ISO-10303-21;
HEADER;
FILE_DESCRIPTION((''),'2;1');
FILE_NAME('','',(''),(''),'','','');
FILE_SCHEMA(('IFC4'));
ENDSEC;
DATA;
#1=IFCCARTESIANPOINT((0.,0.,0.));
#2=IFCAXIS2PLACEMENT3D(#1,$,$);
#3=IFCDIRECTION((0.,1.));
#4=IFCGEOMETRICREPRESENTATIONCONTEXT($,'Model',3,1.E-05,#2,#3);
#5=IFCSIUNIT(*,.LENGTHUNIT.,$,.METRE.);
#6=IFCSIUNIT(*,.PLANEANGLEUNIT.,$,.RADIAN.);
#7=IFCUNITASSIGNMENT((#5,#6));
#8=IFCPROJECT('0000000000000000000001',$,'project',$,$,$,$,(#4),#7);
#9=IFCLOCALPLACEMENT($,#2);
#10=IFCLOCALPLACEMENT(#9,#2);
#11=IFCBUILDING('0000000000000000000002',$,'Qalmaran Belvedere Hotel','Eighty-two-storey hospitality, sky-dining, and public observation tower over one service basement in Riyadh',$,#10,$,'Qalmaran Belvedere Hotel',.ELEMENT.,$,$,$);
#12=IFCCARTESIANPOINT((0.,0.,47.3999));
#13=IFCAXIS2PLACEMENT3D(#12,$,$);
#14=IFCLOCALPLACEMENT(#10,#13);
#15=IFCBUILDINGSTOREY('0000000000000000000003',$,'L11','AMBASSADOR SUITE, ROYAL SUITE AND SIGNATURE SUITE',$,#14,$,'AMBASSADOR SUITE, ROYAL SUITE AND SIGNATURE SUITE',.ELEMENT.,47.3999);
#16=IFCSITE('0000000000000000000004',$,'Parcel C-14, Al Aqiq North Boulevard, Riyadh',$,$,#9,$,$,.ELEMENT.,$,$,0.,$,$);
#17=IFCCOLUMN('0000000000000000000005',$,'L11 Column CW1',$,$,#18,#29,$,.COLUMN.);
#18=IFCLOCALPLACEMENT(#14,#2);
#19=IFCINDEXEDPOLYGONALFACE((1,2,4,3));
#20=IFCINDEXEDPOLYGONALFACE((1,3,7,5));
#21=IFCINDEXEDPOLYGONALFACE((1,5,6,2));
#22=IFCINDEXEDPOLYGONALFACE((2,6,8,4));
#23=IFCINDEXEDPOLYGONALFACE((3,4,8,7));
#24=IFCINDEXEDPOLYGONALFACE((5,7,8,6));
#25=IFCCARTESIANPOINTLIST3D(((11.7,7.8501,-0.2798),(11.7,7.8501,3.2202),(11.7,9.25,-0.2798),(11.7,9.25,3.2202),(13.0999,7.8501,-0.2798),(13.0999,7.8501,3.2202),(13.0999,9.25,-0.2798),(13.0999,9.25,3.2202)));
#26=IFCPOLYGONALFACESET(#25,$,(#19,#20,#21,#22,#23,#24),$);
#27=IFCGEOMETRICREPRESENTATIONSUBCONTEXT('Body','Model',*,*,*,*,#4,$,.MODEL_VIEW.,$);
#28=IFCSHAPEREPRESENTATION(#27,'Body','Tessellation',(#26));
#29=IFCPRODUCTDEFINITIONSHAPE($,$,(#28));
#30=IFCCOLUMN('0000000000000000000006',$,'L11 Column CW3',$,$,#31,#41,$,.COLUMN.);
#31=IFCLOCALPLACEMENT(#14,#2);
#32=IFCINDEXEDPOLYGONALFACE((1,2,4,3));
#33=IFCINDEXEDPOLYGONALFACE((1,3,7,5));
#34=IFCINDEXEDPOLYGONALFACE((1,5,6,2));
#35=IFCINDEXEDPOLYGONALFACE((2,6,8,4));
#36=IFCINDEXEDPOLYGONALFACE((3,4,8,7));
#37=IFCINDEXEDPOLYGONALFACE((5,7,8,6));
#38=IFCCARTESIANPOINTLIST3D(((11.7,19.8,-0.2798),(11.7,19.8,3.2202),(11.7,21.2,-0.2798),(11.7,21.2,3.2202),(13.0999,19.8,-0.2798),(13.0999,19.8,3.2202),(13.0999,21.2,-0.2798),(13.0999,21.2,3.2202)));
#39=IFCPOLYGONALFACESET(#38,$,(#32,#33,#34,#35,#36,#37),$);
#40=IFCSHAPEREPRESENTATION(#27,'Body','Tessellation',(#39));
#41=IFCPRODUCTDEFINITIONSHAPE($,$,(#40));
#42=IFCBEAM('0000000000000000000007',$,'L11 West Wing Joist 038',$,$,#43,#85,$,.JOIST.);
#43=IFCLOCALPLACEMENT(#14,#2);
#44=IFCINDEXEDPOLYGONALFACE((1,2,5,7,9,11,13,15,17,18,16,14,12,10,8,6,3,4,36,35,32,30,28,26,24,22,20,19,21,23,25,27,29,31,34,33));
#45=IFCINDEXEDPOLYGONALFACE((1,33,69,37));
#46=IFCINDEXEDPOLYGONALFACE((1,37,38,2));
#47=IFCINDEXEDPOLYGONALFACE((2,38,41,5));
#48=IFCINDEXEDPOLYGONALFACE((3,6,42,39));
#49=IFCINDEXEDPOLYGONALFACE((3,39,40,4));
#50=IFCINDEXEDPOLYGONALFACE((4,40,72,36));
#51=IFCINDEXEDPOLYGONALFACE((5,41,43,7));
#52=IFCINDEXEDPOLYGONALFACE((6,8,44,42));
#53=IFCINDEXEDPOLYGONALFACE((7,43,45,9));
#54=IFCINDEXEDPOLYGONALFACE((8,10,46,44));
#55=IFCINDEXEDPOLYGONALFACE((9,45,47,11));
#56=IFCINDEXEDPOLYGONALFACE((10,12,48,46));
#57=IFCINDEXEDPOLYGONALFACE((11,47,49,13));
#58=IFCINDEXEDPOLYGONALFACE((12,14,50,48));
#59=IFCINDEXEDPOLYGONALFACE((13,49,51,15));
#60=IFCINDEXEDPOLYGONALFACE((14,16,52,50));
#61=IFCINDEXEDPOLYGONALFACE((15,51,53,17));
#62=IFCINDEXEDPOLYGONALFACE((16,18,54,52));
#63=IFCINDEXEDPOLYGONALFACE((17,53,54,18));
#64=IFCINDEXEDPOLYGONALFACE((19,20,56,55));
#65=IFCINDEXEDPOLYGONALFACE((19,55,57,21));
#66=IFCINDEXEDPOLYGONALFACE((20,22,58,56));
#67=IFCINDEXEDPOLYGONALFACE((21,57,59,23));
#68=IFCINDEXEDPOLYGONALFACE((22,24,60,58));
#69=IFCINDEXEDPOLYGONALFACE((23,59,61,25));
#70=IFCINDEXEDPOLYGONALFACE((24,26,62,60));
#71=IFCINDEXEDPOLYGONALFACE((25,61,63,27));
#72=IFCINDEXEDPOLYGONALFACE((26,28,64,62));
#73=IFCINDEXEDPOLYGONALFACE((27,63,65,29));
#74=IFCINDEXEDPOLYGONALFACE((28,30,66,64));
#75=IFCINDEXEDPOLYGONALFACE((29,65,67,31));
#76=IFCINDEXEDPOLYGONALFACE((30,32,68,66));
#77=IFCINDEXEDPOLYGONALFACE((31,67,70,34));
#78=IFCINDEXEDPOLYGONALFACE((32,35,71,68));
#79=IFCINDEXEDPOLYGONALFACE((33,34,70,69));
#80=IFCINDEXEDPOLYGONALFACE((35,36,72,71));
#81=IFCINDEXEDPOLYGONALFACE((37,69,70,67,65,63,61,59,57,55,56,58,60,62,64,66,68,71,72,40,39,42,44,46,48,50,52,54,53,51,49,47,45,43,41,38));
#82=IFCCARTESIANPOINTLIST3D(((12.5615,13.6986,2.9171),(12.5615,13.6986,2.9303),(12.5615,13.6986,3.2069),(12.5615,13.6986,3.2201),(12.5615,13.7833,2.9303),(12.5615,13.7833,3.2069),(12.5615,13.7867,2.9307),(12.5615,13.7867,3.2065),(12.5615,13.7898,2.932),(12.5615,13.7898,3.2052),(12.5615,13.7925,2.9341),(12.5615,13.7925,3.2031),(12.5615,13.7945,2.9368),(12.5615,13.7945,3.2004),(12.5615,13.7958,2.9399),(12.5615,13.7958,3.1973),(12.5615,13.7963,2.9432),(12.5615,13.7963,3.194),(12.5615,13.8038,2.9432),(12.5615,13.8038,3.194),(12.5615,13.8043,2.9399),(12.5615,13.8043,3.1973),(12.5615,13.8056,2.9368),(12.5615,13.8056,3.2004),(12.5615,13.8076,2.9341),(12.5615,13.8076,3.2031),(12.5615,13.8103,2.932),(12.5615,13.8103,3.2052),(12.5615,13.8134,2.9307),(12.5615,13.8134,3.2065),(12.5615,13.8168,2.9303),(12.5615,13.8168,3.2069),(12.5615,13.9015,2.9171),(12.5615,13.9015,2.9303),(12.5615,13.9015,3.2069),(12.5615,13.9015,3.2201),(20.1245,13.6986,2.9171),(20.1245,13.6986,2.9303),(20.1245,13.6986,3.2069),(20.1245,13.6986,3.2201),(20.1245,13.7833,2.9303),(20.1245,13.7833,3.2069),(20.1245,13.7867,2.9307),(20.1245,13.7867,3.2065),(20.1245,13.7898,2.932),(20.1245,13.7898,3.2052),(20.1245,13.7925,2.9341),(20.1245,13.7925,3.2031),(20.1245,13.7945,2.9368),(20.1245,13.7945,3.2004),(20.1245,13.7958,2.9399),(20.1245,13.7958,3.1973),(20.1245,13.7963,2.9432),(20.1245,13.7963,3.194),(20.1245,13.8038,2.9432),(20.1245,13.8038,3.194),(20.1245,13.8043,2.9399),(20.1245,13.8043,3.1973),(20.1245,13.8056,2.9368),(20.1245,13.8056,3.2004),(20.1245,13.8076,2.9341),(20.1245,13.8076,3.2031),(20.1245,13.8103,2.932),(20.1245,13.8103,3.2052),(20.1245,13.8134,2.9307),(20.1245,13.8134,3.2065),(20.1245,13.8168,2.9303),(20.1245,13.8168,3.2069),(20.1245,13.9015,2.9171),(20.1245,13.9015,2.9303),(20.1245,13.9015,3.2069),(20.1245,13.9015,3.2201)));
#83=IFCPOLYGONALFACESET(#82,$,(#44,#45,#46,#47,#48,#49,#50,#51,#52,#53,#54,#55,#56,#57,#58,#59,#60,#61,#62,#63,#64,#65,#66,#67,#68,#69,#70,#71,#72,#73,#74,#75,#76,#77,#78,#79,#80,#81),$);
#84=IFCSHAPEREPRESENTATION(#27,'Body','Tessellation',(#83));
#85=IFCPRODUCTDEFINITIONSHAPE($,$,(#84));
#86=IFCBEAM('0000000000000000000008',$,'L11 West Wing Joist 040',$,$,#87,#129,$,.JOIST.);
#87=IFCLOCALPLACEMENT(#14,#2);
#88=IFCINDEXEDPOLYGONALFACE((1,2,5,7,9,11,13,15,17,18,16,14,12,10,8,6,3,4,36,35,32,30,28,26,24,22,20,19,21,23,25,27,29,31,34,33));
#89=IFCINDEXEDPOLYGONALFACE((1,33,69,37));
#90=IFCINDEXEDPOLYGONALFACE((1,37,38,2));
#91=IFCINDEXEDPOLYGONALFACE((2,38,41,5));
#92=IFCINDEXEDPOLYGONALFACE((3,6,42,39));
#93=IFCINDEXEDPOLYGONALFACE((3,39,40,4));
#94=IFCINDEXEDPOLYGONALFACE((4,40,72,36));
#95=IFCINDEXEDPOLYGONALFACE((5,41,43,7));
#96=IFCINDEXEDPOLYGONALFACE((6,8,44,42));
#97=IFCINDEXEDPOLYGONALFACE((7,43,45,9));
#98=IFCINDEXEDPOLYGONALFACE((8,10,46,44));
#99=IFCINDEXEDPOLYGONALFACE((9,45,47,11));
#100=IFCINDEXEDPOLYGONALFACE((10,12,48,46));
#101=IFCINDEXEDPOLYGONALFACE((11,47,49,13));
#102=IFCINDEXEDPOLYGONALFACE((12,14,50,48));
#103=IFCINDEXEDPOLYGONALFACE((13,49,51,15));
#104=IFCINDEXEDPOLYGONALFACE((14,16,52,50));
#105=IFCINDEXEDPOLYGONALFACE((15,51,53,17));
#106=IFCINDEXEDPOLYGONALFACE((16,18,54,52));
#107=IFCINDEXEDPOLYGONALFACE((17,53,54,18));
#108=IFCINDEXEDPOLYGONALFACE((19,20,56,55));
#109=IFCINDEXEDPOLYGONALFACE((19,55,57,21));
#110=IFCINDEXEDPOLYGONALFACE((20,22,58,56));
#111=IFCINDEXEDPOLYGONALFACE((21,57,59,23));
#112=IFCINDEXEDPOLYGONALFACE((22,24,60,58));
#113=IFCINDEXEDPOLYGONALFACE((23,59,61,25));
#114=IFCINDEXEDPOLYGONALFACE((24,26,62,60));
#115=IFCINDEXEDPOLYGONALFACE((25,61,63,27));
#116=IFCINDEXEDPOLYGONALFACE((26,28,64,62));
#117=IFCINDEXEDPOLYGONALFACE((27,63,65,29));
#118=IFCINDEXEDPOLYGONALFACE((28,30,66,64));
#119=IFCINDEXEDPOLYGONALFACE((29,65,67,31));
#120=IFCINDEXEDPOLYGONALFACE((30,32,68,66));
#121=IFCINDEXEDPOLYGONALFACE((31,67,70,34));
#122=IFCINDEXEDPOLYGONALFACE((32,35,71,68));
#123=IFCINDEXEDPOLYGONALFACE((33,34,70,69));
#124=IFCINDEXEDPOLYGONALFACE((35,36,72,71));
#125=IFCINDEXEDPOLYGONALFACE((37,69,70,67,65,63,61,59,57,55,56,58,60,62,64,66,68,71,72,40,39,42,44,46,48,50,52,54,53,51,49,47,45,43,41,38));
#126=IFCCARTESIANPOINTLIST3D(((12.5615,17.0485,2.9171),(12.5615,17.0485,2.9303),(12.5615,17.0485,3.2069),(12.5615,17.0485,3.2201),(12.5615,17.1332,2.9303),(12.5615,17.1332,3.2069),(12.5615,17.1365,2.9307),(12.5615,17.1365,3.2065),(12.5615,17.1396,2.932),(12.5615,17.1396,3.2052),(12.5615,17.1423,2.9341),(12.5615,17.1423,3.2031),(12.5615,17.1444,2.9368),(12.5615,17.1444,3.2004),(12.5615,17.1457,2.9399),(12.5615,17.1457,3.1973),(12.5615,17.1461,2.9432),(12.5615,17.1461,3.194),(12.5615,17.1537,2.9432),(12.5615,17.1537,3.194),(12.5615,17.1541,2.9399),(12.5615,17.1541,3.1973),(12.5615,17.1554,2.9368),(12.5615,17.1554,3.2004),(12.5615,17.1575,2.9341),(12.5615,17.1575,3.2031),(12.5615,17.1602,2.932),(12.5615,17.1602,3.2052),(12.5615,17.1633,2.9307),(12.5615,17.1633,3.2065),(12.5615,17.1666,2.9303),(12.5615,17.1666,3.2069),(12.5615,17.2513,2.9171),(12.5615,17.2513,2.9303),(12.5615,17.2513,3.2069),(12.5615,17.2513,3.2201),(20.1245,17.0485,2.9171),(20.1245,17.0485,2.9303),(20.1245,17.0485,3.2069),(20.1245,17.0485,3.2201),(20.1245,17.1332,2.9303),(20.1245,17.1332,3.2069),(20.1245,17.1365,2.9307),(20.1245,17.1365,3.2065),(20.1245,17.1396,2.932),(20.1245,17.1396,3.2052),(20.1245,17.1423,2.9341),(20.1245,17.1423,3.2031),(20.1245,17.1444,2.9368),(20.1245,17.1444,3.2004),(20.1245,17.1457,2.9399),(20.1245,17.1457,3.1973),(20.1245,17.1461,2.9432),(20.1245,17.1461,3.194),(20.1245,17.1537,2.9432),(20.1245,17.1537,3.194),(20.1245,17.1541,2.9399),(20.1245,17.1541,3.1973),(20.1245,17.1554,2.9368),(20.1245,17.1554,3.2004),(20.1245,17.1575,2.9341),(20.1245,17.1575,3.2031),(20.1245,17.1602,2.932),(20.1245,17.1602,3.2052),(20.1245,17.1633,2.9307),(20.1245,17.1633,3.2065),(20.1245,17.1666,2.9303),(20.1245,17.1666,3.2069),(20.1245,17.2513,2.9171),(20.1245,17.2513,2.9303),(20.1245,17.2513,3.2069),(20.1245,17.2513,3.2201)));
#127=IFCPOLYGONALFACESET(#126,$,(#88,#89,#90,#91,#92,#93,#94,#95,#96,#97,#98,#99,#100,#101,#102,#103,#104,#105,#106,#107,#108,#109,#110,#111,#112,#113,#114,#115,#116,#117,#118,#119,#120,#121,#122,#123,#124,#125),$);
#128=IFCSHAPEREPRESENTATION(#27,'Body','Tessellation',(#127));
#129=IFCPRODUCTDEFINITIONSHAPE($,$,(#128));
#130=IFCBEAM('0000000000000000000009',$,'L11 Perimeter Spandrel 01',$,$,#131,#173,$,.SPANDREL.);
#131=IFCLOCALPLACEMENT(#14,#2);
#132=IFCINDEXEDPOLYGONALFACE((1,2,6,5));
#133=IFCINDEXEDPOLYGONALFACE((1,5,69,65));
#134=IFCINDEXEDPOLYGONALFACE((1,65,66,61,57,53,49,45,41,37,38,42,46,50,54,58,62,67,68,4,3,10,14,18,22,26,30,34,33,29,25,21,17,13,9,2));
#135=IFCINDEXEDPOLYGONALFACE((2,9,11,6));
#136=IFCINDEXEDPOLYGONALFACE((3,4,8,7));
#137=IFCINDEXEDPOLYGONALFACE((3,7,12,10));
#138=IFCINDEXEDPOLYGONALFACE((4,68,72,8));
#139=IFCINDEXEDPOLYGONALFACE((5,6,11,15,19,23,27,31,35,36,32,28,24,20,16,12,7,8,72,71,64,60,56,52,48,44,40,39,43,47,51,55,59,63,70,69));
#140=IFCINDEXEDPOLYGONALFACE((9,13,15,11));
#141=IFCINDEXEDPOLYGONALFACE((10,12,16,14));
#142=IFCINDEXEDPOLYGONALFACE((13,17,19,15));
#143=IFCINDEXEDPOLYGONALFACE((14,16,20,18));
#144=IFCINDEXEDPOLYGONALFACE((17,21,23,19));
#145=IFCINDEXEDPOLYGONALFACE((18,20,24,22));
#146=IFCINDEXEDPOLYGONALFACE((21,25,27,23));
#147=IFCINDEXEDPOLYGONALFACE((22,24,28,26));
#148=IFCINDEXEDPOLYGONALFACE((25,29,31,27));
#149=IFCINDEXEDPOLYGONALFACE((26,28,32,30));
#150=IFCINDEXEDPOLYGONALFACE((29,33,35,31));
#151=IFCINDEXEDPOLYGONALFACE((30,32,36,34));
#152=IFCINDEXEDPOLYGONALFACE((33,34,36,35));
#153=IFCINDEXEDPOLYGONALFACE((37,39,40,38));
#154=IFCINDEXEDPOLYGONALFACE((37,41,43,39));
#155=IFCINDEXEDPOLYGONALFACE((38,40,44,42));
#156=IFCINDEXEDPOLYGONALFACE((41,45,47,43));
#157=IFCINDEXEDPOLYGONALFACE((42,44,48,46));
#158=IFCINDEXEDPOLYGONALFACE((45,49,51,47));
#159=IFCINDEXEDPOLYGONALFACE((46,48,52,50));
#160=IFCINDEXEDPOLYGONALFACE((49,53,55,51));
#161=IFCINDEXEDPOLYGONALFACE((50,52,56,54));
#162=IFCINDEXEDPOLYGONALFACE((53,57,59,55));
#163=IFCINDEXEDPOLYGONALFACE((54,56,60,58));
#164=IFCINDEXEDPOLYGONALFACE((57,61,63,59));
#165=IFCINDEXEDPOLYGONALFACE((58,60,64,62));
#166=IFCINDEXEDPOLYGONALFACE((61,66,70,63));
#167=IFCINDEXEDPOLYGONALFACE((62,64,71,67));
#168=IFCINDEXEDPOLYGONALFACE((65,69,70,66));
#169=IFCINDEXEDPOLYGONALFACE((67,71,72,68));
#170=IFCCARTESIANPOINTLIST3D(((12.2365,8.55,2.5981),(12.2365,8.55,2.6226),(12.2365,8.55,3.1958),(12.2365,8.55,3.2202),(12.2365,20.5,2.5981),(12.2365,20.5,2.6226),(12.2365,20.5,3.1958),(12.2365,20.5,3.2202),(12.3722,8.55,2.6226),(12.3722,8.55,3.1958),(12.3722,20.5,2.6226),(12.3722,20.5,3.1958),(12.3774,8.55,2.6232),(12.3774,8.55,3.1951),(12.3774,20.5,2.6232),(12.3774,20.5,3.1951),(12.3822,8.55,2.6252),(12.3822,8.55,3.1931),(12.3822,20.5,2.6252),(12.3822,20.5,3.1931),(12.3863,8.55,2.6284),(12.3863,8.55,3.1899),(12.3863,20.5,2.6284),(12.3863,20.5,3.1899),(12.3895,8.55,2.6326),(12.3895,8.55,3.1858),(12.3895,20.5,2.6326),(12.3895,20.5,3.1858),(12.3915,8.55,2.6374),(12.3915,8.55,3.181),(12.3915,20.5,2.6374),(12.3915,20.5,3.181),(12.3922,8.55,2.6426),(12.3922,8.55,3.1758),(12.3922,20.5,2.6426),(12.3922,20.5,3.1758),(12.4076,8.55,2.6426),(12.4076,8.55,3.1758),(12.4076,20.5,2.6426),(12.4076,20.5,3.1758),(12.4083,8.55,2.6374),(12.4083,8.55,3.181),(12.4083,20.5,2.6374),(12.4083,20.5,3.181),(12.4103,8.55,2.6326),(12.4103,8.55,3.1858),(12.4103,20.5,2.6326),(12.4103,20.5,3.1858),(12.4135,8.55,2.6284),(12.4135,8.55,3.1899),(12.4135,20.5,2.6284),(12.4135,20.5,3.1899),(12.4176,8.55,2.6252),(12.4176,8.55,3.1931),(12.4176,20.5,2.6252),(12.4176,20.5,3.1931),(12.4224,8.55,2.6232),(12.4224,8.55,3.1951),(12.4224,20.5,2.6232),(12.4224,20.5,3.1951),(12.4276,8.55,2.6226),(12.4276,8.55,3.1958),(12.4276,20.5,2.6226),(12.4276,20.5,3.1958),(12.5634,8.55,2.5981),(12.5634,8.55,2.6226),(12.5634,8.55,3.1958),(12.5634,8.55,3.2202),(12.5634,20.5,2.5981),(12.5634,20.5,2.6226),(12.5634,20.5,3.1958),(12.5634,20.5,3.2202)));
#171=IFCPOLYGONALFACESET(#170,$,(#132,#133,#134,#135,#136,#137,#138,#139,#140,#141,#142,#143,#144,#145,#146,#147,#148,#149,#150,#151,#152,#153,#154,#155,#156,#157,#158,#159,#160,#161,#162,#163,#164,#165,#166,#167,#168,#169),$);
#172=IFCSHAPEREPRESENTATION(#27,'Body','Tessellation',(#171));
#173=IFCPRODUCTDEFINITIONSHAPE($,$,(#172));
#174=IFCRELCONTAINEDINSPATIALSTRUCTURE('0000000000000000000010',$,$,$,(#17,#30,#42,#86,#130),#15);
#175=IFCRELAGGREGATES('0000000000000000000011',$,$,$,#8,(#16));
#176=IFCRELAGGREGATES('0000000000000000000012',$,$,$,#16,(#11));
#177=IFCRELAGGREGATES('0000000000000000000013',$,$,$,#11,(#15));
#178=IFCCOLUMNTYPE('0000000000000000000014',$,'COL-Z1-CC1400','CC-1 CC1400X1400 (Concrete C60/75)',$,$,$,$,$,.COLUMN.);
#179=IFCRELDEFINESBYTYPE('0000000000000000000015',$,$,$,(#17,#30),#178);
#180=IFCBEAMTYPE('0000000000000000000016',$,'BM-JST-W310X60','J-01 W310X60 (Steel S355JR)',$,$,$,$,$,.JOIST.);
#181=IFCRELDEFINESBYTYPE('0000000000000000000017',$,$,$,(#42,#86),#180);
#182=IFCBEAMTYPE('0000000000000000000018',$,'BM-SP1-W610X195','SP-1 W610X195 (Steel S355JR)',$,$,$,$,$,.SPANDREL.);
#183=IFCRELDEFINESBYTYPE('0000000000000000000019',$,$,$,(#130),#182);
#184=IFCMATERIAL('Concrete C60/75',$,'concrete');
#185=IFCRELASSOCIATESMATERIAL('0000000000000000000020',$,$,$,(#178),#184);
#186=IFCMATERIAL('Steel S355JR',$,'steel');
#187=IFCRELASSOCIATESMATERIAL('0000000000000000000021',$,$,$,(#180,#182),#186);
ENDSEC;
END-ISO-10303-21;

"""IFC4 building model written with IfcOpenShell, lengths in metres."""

from ifc_helpers import new_model, si_unit, direction, frame, origin, origin_2d, place, context, subcontext, project, spatial, rectangle, i_section, extrude, material, material_profile, profile_set, type_object, element, save


model = new_model("IFC4")

# Units and contexts
model_context = context("Model", 3, precision=1e-05, world=origin(), true_north=direction((0.0, 1.0)))
body_context = subcontext(model_context, "Body", "Model", "MODEL_VIEW")
ifc_project = project(units=[si_unit("LENGTHUNIT", "METRE"), si_unit("PLANEANGLEUNIT", "RADIAN")], contexts=[model_context])

# Site, building, storey
site_placement = place(None, origin())
site = spatial("IfcSite", under=ifc_project, at=site_placement, Name="Parcel C-14, Al Aqiq North Boulevard, Riyadh", CompositionType="ELEMENT", RefElevation=0.0)
building_placement = place(site_placement, origin())
building = spatial("IfcBuilding", under=site, at=building_placement, Name="Qalmaran Belvedere Hotel", Description="Eighty-two-storey hospitality, sky-dining, and public observation tower over one service basement in Riyadh", LongName="Qalmaran Belvedere Hotel", CompositionType="ELEMENT")
storey_placement = place(building_placement, frame((0.0, 0.0, 47.3999)))
storey = spatial("IfcBuildingStorey", under=building, at=storey_placement, Name="L11", Description="AMBASSADOR SUITE, ROYAL SUITE AND SIGNATURE SUITE", LongName="AMBASSADOR SUITE, ROYAL SUITE AND SIGNATURE SUITE", CompositionType="ELEMENT", Elevation=47.3999)

# Columns
ifc_material_1 = material(Name="Concrete C60/75", Category="concrete")
ifc_material_profile_1 = material_profile(ifc_material_1, rectangle(XDim=1.3999, YDim=1.3999, at=origin_2d()), Name="CC1400X1400")
ifc_profile_set_1 = profile_set([ifc_material_profile_1], Name="Concrete C60/75")
column_type = type_object("IfcColumnType", Name="COL-Z1-CC1400", Description="CC-1 CC1400X1400 (Concrete C60/75)", PredefinedType="COLUMN", material=ifc_profile_set_1)
for number, where, z_axis, x_axis, name in (
    (1, (12.3999, 8.55, -0.2798), (0.0, 0.0, 1.0), (1.0, 0.0, 0.0), "L11 Column CW1"),
    (2, (12.3999, 20.5, -0.2798), (0.0, 0.0, 1.0), (1.0, 0.0, 0.0), "L11 Column CW3"),
):
    element("IfcColumn", number, at=place(storey_placement, frame(where, z_axis=z_axis, x_axis=x_axis)), inside=storey, type_object=column_type, Name=name, PredefinedType="COLUMN", context=body_context, shape_type="SweptSolid", body=[
        extrude(rectangle(XDim=1.3999, YDim=1.3999, at=origin_2d()), origin(), (0.0, 0.0, 1.0), 3.5),
    ])

# Beams
ifc_material_2 = material(Name="Steel S355JR", Category="steel")
ifc_material_profile_2 = material_profile(ifc_material_2, i_section(OverallWidth=0.2029, OverallDepth=0.303, WebThickness=0.0076, FlangeThickness=0.0132, FilletRadius=0.0129, at=origin_2d()), Name="W310X60")
ifc_profile_set_2 = profile_set([ifc_material_profile_2], Name="Steel S355JR")
beam_type_1 = type_object("IfcBeamType", Name="BM-JST-W310X60", Description="J-01 W310X60 (Steel S355JR)", PredefinedType="JOIST", material=ifc_profile_set_2)
for number, where, z_axis, x_axis, name in (
    (3, (12.5615, 13.8, 3.0686), (1.0, 0.0, 0.0), (0.0, 1.0, 0.0), "L11 West Wing Joist 038"),
    (4, (12.5615, 17.1499, 3.0686), (1.0, 0.0, 0.0), (0.0, 1.0, 0.0), "L11 West Wing Joist 040"),
):
    element("IfcBeam", number, at=place(storey_placement, frame(where, z_axis=z_axis, x_axis=x_axis)), inside=storey, type_object=beam_type_1, Name=name, PredefinedType="JOIST", context=body_context, shape_type="SweptSolid", body=[
        extrude(i_section(OverallWidth=0.2029, OverallDepth=0.303, WebThickness=0.0076, FlangeThickness=0.0132, FilletRadius=0.0129, at=origin_2d()), origin(), (0.0, 0.0, 1.0), 7.563),
    ])
ifc_material_profile_3 = material_profile(ifc_material_2, i_section(OverallWidth=0.3269, OverallDepth=0.6221, WebThickness=0.0154, FlangeThickness=0.0244, FilletRadius=0.02, at=origin_2d()), Name="W610X195")
ifc_profile_set_3 = profile_set([ifc_material_profile_3], Name="Steel S355JR")
beam_type_2 = type_object("IfcBeamType", Name="BM-SP1-W610X195", Description="SP-1 W610X195 (Steel S355JR)", PredefinedType="SPANDREL", material=ifc_profile_set_3)
beam_1_placement = place(storey_placement, frame((12.3999, 8.55, 2.9092), z_axis=(0.0, 1.0, 0.0), x_axis=(-1.0, 0.0, 0.0)))
element("IfcBeam", 5, at=beam_1_placement, inside=storey, type_object=beam_type_2, Name="L11 Perimeter Spandrel 01", PredefinedType="SPANDREL", context=body_context, shape_type="SweptSolid", body=[
    extrude(i_section(OverallWidth=0.3269, OverallDepth=0.6221, WebThickness=0.0154, FlangeThickness=0.0244, FilletRadius=0.02, at=origin_2d()), origin(), (0.0, 0.0, 1.0), 11.95),
])

save(model, "model.ifc")
